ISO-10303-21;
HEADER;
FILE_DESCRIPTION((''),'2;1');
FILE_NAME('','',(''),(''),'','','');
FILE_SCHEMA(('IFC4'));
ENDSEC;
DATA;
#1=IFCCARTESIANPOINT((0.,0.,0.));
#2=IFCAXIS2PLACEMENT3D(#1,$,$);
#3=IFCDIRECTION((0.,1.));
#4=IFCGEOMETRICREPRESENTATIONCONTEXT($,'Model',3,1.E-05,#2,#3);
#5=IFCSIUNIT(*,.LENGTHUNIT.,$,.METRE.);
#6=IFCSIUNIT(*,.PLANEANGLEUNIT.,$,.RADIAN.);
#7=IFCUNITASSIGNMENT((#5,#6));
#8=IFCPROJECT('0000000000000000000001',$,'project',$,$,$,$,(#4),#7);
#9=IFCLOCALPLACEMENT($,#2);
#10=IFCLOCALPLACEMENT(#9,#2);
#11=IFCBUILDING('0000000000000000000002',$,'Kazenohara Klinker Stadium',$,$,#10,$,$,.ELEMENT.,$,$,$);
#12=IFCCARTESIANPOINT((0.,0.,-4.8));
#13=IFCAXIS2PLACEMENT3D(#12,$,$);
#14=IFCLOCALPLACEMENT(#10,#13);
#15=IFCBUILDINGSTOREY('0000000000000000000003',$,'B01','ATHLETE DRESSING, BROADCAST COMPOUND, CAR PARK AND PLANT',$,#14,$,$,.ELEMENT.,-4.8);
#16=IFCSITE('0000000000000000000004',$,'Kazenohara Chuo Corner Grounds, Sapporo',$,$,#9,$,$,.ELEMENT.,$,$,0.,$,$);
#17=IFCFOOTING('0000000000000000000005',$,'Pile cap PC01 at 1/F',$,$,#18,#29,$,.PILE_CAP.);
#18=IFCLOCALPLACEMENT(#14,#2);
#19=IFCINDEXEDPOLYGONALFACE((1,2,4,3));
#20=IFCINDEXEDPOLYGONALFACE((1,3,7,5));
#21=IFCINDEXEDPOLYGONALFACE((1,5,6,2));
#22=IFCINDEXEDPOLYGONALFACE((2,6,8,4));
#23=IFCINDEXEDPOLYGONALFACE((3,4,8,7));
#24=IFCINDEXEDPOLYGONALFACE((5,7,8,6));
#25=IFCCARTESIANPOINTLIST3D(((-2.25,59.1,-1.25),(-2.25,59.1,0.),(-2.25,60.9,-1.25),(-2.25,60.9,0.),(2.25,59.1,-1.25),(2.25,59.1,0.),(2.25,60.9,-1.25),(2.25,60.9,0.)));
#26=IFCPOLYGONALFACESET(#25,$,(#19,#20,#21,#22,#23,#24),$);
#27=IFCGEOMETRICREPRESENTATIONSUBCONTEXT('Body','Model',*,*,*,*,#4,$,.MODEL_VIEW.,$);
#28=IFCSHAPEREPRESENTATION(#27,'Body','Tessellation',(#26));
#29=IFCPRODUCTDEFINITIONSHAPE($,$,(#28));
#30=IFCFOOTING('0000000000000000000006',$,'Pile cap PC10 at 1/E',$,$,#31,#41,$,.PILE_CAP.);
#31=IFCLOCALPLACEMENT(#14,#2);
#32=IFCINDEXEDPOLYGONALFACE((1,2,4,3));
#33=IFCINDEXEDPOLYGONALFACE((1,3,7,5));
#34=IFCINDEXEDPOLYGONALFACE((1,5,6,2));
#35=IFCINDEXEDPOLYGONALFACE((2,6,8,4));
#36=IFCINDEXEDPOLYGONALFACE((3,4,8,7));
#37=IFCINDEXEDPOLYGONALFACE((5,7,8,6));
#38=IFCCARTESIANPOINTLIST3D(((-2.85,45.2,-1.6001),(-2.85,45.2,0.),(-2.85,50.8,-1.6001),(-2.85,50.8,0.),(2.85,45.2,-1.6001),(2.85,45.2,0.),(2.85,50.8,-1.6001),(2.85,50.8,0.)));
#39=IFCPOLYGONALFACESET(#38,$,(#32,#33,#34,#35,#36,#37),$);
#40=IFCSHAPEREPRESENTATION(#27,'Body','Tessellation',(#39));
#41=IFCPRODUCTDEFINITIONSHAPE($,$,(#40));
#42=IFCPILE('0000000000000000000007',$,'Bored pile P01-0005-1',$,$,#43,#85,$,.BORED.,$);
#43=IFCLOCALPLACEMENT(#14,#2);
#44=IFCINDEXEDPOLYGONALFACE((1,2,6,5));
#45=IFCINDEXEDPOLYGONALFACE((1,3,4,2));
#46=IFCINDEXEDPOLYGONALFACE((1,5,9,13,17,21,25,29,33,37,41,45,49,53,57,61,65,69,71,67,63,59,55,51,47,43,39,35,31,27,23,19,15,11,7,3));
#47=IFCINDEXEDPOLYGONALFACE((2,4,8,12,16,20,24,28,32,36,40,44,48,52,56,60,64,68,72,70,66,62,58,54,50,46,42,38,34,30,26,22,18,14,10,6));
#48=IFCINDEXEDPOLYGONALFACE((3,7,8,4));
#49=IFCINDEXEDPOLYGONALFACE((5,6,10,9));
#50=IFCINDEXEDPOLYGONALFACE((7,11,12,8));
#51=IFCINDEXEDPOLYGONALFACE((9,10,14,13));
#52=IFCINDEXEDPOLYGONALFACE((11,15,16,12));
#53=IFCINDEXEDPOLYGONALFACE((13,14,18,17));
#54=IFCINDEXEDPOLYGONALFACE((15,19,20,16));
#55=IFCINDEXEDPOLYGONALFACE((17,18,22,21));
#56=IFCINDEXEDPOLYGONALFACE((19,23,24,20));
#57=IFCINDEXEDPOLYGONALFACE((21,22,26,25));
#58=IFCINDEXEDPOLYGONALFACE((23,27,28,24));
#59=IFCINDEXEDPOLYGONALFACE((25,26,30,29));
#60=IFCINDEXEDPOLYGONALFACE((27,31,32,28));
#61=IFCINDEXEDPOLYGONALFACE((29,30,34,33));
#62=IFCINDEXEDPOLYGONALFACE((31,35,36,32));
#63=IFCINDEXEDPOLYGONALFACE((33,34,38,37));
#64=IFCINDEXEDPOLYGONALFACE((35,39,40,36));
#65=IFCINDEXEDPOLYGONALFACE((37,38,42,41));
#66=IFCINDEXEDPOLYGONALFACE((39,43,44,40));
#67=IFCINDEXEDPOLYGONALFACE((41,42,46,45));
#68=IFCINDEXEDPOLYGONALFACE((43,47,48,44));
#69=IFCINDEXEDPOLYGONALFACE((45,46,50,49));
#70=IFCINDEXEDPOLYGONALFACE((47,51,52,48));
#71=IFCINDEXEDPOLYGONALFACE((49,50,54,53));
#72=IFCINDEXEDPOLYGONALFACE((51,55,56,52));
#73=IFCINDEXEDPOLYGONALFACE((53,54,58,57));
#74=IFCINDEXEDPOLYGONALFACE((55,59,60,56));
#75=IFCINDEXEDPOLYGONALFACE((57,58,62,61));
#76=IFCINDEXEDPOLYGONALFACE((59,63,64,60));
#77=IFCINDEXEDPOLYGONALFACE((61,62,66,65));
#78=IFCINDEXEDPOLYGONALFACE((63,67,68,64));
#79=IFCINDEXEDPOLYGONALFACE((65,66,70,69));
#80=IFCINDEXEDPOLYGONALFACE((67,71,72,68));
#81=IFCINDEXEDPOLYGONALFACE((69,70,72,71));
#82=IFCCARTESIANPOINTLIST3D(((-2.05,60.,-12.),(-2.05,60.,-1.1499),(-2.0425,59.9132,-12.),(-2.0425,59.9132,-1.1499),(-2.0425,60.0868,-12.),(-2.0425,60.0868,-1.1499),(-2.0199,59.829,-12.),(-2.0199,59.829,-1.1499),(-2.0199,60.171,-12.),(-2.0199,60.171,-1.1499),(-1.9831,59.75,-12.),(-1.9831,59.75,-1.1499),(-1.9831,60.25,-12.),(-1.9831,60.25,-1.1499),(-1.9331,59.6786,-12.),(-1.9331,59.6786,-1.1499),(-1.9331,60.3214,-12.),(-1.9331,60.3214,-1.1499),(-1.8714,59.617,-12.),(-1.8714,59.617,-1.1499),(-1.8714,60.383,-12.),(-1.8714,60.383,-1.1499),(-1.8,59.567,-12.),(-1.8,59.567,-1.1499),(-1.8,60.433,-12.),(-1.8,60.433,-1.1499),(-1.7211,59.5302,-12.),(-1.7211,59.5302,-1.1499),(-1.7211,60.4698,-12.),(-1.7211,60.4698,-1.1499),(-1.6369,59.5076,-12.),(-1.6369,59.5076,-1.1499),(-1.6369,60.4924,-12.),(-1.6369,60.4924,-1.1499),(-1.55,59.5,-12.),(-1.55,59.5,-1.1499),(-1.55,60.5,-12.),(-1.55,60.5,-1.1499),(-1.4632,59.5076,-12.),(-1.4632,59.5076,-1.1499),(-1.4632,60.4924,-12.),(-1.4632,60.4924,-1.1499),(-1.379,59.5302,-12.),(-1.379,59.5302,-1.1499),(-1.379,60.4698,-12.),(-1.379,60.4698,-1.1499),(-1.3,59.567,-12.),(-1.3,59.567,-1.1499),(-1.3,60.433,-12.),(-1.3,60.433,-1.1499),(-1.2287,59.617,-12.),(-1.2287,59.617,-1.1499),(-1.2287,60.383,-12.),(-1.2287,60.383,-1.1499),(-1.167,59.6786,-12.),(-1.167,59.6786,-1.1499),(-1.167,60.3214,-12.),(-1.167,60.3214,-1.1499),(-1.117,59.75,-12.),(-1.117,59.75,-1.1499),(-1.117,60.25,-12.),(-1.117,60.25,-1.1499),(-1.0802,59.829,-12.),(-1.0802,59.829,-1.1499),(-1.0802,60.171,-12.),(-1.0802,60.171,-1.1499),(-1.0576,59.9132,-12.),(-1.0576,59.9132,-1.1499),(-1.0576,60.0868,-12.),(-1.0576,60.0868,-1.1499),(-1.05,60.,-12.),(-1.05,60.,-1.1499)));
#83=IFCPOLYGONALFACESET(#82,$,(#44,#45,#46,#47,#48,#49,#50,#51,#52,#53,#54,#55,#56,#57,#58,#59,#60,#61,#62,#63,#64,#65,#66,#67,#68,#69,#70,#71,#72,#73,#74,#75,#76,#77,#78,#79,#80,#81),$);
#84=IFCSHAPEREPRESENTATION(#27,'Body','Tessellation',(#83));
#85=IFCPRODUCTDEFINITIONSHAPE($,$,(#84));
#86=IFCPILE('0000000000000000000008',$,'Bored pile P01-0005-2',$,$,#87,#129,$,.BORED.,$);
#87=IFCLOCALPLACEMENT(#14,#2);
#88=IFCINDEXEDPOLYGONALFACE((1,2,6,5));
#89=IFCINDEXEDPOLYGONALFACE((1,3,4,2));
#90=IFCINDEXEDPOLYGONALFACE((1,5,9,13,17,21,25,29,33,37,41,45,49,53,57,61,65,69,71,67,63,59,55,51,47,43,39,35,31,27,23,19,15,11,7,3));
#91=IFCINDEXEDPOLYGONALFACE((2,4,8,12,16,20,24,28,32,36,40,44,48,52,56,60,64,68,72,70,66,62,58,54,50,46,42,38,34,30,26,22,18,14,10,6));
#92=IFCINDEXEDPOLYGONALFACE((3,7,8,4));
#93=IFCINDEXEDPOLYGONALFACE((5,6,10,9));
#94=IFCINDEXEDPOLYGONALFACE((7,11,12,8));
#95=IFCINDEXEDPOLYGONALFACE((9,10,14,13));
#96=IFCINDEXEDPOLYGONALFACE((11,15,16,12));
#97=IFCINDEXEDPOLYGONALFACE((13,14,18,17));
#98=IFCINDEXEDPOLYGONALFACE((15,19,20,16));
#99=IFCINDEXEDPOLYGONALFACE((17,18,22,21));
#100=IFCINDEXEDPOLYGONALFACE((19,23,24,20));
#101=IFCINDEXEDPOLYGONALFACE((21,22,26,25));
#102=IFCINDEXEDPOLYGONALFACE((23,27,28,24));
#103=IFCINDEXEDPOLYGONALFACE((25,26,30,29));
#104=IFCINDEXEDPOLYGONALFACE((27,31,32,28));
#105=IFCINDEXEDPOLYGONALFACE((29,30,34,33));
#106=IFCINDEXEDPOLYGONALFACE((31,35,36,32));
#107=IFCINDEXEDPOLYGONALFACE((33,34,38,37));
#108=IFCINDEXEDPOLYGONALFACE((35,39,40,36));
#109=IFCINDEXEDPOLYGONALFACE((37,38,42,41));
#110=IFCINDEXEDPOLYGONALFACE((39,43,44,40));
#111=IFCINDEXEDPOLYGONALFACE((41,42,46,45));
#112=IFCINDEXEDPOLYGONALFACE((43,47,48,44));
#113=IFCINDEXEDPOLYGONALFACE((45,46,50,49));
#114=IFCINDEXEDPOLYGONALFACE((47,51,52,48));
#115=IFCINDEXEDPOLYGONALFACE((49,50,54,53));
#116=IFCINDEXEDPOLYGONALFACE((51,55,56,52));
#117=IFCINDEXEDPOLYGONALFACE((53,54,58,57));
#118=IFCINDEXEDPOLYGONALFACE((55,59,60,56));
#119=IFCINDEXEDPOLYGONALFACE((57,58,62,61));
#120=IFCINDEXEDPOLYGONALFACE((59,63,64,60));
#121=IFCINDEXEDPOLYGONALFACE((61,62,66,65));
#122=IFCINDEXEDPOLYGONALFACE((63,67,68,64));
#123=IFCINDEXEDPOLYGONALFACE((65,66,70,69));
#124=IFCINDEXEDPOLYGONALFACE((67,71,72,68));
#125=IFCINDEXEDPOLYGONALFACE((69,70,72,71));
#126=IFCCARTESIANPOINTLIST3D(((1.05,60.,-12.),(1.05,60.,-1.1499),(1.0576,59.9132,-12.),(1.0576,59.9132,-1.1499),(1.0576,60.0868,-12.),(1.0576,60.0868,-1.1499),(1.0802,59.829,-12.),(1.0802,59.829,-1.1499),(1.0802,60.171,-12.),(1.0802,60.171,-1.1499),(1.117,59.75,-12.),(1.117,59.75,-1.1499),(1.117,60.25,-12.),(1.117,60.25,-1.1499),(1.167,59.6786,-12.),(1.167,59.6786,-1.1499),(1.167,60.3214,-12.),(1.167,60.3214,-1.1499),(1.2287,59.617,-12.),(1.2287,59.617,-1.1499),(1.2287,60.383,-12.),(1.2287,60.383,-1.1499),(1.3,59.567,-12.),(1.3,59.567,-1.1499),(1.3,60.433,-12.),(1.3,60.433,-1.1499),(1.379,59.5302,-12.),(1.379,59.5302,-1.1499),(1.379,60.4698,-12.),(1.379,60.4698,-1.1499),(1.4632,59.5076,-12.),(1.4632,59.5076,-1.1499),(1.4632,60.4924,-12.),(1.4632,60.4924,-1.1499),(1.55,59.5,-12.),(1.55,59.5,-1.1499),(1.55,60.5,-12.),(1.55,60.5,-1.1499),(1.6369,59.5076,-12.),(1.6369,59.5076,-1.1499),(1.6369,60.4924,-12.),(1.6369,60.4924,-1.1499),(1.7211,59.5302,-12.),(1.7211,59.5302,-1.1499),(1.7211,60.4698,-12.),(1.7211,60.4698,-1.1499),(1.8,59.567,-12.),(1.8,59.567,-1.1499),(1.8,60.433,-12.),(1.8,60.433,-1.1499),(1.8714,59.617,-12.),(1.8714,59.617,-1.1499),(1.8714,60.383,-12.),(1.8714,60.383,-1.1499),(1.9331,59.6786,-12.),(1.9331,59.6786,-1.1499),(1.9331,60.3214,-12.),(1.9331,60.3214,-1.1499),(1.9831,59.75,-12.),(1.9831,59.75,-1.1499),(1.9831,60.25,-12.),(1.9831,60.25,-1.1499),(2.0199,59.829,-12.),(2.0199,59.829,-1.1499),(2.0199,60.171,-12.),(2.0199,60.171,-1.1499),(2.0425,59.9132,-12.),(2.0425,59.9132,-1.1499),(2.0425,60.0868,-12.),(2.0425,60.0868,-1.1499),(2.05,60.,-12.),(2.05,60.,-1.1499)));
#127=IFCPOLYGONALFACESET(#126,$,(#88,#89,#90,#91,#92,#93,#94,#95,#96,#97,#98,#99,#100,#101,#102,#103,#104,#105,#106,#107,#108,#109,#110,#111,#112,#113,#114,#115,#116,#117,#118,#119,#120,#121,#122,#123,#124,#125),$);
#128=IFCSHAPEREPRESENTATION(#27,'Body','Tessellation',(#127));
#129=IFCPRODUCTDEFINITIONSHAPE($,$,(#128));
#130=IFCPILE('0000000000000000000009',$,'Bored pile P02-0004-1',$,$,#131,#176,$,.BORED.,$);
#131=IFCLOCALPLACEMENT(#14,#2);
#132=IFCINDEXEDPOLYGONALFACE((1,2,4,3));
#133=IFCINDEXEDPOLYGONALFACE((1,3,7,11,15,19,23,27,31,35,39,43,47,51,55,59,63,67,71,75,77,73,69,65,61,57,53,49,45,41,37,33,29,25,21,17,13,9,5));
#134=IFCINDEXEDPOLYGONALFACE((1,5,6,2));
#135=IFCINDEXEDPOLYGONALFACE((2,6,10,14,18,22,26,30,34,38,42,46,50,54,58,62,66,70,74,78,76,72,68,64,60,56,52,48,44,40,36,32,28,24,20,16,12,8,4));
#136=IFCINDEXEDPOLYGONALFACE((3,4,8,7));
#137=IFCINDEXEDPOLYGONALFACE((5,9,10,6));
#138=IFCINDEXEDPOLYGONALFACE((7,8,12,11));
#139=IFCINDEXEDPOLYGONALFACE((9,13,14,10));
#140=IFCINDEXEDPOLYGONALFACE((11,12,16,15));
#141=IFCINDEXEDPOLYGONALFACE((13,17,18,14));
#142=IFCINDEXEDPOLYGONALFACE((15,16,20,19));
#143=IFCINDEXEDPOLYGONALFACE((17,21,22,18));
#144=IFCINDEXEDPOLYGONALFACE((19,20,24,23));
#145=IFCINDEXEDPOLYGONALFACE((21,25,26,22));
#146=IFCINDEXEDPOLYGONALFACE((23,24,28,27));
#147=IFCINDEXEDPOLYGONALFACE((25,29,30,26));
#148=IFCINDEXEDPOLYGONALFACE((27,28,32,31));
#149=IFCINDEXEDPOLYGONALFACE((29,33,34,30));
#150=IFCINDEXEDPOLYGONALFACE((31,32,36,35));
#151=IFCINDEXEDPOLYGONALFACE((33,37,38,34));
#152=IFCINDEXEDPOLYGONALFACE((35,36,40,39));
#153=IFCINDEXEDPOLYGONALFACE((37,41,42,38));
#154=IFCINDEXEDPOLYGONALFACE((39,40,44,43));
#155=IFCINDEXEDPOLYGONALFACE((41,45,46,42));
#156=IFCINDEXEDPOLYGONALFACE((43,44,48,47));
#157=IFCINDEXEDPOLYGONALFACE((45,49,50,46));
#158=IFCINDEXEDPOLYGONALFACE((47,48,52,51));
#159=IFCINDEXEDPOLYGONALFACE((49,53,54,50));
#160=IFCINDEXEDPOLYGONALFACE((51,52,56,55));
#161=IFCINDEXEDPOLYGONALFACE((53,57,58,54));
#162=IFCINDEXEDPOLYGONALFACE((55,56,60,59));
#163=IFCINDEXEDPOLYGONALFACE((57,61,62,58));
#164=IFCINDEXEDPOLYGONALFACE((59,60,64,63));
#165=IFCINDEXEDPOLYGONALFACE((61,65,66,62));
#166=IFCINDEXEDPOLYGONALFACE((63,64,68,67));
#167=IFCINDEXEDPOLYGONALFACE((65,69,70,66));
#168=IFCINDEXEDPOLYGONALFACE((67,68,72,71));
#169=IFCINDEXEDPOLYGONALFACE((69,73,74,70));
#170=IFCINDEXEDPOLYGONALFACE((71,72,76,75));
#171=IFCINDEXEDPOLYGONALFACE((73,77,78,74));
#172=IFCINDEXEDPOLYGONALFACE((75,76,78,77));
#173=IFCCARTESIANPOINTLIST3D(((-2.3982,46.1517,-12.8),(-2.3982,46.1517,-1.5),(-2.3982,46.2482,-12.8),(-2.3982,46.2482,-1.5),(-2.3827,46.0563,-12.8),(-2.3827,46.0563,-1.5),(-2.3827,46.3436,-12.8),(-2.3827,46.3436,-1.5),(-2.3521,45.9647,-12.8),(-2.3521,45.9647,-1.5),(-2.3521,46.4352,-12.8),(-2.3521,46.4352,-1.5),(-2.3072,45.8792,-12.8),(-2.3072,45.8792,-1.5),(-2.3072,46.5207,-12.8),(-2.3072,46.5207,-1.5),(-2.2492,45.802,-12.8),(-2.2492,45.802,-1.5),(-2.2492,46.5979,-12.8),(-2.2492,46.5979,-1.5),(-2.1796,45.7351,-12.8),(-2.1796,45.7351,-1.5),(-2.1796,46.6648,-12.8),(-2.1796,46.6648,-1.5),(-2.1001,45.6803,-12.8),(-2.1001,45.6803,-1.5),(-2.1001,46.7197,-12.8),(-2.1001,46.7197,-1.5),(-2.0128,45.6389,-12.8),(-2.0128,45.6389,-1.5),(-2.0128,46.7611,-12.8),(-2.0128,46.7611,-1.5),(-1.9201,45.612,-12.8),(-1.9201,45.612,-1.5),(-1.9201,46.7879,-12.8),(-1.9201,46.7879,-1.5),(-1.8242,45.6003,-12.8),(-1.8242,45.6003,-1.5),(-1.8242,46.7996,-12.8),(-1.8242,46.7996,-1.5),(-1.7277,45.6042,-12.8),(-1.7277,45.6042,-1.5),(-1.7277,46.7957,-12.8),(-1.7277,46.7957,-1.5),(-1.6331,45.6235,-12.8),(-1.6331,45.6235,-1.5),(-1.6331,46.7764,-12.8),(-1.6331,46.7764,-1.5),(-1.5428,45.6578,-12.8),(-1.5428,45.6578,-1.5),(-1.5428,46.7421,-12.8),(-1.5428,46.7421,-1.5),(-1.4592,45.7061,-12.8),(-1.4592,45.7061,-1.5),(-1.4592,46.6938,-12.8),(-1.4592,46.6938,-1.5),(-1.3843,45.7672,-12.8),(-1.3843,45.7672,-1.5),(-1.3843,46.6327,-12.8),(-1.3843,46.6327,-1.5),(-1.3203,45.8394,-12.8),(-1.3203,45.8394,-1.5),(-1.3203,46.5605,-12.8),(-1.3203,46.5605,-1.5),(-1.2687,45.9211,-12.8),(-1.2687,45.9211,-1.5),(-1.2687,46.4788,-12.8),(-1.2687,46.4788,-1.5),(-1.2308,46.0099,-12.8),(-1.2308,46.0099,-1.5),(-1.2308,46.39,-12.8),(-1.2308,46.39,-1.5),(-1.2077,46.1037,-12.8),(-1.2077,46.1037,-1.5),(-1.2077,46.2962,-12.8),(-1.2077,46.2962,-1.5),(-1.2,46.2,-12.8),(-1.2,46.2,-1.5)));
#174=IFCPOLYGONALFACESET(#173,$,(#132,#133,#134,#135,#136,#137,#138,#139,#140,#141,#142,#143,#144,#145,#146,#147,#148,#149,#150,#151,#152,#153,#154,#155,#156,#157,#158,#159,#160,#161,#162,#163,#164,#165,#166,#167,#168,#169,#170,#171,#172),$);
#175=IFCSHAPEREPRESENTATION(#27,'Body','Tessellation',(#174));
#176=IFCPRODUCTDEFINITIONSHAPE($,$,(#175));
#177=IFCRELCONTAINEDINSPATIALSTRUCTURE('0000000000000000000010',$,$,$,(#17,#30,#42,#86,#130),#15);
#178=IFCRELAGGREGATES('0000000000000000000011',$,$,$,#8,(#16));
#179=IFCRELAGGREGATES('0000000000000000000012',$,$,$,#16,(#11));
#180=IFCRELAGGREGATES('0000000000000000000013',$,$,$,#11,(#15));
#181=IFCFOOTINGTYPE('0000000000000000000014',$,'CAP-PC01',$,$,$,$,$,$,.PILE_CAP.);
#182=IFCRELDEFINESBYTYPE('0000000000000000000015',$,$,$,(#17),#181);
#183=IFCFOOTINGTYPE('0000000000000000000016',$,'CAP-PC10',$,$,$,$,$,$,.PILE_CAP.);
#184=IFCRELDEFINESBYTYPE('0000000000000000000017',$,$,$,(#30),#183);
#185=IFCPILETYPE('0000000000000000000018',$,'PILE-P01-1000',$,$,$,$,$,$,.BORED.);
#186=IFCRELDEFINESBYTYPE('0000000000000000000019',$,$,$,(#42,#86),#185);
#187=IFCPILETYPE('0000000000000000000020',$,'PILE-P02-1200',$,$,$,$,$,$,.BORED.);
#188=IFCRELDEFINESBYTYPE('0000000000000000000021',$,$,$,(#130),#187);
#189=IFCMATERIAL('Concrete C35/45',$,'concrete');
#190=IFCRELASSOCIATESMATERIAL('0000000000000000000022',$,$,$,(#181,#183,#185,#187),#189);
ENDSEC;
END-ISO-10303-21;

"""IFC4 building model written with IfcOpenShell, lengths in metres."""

from ifc_helpers import new_model, si_unit, direction, frame, origin, origin_2d, place, context, subcontext, project, spatial, rectangle, circle, extrude, material, material_profile, profile_set, type_object, element, save


model = new_model("IFC4")

# Units and contexts
model_context = context("Model", 3, precision=1e-05, world=origin(), true_north=direction((0.0, 1.0)))
body_context = subcontext(model_context, "Body", "Model", "MODEL_VIEW")
ifc_project = project(units=[si_unit("LENGTHUNIT", "METRE"), si_unit("PLANEANGLEUNIT", "RADIAN")], contexts=[model_context])

# Site, building, storey
site_placement = place(None, origin())
site = spatial("IfcSite", under=ifc_project, at=site_placement, Name="Kazenohara Chuo Corner Grounds, Sapporo", CompositionType="ELEMENT", RefElevation=0.0)
building_placement = place(site_placement, origin())
building = spatial("IfcBuilding", under=site, at=building_placement, Name="Kazenohara Klinker Stadium", CompositionType="ELEMENT")
storey_placement = place(building_placement, frame((0.0, 0.0, -4.8)))
storey = spatial("IfcBuildingStorey", under=building, at=storey_placement, Name="B01", Description="ATHLETE DRESSING, BROADCAST COMPOUND, CAR PARK AND PLANT", CompositionType="ELEMENT", Elevation=-4.8)

# Footings
ifc_material_1 = material(Name="Concrete C35/45", Category="concrete")
footing_type_1 = type_object("IfcFootingType", Name="CAP-PC01", PredefinedType="PILE_CAP", material=ifc_material_1)
footing_1_placement = place(storey_placement, frame((0.0, 60.0, -1.25), z_axis=(0.0, 0.0, 1.0), x_axis=(1.0, 0.0, 0.0)))
element("IfcFooting", 1, at=footing_1_placement, inside=storey, type_object=footing_type_1, Name="Pile cap PC01 at 1/F", PredefinedType="PILE_CAP", context=body_context, shape_type="SweptSolid", body=[
    extrude(rectangle(XDim=4.5, YDim=1.8, at=origin_2d()), origin(), (0.0, 0.0, 1.0), 1.25),
])
footing_type_2 = type_object("IfcFootingType", Name="CAP-PC10", PredefinedType="PILE_CAP", material=ifc_material_1)
footing_2_placement = place(storey_placement, frame((0.0, 48.0, -1.6001), z_axis=(0.0, 0.0, 1.0), x_axis=(1.0, 0.0, 0.0)))
element("IfcFooting", 2, at=footing_2_placement, inside=storey, type_object=footing_type_2, Name="Pile cap PC10 at 1/E", PredefinedType="PILE_CAP", context=body_context, shape_type="SweptSolid", body=[
    extrude(rectangle(XDim=5.7, YDim=5.6001, at=origin_2d()), origin(), (0.0, 0.0, 1.0), 1.6001),
])

# Piles
ifc_material_profile_1 = material_profile(ifc_material_1, circle(Radius=0.5, at=origin_2d()), Name="BORED-PILE-1000")
ifc_profile_set_1 = profile_set([ifc_material_profile_1], Name="Concrete C35/45")
pile_type_1 = type_object("IfcPileType", Name="PILE-P01-1000", PredefinedType="BORED", material=ifc_profile_set_1)
for number, where, z_axis, x_axis, name in (
    (3, (-1.55, 60.0, -1.1499), (0.0, 0.0, -1.0), (1.0, 0.0, 0.0), "Bored pile P01-0005-1"),
    (4, (1.55, 60.0, -1.1499), (0.0, 0.0, -1.0), (1.0, 0.0, 0.0), "Bored pile P01-0005-2"),
):
    element("IfcPile", number, at=place(storey_placement, frame(where, z_axis=z_axis, x_axis=x_axis)), inside=storey, type_object=pile_type_1, Name=name, PredefinedType="BORED", context=body_context, shape_type="SweptSolid", body=[
        extrude(circle(Radius=0.5, at=origin_2d()), origin(), (0.0, 0.0, 1.0), 10.8501),
    ])
ifc_material_profile_2 = material_profile(ifc_material_1, circle(Radius=0.6001, at=origin_2d()), Name="BORED-PILE-1200")
ifc_profile_set_2 = profile_set([ifc_material_profile_2], Name="Concrete C35/45")
pile_type_2 = type_object("IfcPileType", Name="PILE-P02-1200", PredefinedType="BORED", material=ifc_profile_set_2)
for number, where, z_axis, x_axis, name in (
    (5, (-1.8, 46.2, -1.5), (0.0, 0.0, -1.0), (1.0, 0.0, 0.0), "Bored pile P02-0004-1"),
):
    element("IfcPile", number, at=place(storey_placement, frame(where, z_axis=z_axis, x_axis=x_axis)), inside=storey, type_object=pile_type_2, Name=name, PredefinedType="BORED", context=body_context, shape_type="SweptSolid", body=[
        extrude(circle(Radius=0.6001, at=origin_2d()), origin(), (0.0, 0.0, 1.0), 11.3),
    ])

save(model, "model.ifc")
